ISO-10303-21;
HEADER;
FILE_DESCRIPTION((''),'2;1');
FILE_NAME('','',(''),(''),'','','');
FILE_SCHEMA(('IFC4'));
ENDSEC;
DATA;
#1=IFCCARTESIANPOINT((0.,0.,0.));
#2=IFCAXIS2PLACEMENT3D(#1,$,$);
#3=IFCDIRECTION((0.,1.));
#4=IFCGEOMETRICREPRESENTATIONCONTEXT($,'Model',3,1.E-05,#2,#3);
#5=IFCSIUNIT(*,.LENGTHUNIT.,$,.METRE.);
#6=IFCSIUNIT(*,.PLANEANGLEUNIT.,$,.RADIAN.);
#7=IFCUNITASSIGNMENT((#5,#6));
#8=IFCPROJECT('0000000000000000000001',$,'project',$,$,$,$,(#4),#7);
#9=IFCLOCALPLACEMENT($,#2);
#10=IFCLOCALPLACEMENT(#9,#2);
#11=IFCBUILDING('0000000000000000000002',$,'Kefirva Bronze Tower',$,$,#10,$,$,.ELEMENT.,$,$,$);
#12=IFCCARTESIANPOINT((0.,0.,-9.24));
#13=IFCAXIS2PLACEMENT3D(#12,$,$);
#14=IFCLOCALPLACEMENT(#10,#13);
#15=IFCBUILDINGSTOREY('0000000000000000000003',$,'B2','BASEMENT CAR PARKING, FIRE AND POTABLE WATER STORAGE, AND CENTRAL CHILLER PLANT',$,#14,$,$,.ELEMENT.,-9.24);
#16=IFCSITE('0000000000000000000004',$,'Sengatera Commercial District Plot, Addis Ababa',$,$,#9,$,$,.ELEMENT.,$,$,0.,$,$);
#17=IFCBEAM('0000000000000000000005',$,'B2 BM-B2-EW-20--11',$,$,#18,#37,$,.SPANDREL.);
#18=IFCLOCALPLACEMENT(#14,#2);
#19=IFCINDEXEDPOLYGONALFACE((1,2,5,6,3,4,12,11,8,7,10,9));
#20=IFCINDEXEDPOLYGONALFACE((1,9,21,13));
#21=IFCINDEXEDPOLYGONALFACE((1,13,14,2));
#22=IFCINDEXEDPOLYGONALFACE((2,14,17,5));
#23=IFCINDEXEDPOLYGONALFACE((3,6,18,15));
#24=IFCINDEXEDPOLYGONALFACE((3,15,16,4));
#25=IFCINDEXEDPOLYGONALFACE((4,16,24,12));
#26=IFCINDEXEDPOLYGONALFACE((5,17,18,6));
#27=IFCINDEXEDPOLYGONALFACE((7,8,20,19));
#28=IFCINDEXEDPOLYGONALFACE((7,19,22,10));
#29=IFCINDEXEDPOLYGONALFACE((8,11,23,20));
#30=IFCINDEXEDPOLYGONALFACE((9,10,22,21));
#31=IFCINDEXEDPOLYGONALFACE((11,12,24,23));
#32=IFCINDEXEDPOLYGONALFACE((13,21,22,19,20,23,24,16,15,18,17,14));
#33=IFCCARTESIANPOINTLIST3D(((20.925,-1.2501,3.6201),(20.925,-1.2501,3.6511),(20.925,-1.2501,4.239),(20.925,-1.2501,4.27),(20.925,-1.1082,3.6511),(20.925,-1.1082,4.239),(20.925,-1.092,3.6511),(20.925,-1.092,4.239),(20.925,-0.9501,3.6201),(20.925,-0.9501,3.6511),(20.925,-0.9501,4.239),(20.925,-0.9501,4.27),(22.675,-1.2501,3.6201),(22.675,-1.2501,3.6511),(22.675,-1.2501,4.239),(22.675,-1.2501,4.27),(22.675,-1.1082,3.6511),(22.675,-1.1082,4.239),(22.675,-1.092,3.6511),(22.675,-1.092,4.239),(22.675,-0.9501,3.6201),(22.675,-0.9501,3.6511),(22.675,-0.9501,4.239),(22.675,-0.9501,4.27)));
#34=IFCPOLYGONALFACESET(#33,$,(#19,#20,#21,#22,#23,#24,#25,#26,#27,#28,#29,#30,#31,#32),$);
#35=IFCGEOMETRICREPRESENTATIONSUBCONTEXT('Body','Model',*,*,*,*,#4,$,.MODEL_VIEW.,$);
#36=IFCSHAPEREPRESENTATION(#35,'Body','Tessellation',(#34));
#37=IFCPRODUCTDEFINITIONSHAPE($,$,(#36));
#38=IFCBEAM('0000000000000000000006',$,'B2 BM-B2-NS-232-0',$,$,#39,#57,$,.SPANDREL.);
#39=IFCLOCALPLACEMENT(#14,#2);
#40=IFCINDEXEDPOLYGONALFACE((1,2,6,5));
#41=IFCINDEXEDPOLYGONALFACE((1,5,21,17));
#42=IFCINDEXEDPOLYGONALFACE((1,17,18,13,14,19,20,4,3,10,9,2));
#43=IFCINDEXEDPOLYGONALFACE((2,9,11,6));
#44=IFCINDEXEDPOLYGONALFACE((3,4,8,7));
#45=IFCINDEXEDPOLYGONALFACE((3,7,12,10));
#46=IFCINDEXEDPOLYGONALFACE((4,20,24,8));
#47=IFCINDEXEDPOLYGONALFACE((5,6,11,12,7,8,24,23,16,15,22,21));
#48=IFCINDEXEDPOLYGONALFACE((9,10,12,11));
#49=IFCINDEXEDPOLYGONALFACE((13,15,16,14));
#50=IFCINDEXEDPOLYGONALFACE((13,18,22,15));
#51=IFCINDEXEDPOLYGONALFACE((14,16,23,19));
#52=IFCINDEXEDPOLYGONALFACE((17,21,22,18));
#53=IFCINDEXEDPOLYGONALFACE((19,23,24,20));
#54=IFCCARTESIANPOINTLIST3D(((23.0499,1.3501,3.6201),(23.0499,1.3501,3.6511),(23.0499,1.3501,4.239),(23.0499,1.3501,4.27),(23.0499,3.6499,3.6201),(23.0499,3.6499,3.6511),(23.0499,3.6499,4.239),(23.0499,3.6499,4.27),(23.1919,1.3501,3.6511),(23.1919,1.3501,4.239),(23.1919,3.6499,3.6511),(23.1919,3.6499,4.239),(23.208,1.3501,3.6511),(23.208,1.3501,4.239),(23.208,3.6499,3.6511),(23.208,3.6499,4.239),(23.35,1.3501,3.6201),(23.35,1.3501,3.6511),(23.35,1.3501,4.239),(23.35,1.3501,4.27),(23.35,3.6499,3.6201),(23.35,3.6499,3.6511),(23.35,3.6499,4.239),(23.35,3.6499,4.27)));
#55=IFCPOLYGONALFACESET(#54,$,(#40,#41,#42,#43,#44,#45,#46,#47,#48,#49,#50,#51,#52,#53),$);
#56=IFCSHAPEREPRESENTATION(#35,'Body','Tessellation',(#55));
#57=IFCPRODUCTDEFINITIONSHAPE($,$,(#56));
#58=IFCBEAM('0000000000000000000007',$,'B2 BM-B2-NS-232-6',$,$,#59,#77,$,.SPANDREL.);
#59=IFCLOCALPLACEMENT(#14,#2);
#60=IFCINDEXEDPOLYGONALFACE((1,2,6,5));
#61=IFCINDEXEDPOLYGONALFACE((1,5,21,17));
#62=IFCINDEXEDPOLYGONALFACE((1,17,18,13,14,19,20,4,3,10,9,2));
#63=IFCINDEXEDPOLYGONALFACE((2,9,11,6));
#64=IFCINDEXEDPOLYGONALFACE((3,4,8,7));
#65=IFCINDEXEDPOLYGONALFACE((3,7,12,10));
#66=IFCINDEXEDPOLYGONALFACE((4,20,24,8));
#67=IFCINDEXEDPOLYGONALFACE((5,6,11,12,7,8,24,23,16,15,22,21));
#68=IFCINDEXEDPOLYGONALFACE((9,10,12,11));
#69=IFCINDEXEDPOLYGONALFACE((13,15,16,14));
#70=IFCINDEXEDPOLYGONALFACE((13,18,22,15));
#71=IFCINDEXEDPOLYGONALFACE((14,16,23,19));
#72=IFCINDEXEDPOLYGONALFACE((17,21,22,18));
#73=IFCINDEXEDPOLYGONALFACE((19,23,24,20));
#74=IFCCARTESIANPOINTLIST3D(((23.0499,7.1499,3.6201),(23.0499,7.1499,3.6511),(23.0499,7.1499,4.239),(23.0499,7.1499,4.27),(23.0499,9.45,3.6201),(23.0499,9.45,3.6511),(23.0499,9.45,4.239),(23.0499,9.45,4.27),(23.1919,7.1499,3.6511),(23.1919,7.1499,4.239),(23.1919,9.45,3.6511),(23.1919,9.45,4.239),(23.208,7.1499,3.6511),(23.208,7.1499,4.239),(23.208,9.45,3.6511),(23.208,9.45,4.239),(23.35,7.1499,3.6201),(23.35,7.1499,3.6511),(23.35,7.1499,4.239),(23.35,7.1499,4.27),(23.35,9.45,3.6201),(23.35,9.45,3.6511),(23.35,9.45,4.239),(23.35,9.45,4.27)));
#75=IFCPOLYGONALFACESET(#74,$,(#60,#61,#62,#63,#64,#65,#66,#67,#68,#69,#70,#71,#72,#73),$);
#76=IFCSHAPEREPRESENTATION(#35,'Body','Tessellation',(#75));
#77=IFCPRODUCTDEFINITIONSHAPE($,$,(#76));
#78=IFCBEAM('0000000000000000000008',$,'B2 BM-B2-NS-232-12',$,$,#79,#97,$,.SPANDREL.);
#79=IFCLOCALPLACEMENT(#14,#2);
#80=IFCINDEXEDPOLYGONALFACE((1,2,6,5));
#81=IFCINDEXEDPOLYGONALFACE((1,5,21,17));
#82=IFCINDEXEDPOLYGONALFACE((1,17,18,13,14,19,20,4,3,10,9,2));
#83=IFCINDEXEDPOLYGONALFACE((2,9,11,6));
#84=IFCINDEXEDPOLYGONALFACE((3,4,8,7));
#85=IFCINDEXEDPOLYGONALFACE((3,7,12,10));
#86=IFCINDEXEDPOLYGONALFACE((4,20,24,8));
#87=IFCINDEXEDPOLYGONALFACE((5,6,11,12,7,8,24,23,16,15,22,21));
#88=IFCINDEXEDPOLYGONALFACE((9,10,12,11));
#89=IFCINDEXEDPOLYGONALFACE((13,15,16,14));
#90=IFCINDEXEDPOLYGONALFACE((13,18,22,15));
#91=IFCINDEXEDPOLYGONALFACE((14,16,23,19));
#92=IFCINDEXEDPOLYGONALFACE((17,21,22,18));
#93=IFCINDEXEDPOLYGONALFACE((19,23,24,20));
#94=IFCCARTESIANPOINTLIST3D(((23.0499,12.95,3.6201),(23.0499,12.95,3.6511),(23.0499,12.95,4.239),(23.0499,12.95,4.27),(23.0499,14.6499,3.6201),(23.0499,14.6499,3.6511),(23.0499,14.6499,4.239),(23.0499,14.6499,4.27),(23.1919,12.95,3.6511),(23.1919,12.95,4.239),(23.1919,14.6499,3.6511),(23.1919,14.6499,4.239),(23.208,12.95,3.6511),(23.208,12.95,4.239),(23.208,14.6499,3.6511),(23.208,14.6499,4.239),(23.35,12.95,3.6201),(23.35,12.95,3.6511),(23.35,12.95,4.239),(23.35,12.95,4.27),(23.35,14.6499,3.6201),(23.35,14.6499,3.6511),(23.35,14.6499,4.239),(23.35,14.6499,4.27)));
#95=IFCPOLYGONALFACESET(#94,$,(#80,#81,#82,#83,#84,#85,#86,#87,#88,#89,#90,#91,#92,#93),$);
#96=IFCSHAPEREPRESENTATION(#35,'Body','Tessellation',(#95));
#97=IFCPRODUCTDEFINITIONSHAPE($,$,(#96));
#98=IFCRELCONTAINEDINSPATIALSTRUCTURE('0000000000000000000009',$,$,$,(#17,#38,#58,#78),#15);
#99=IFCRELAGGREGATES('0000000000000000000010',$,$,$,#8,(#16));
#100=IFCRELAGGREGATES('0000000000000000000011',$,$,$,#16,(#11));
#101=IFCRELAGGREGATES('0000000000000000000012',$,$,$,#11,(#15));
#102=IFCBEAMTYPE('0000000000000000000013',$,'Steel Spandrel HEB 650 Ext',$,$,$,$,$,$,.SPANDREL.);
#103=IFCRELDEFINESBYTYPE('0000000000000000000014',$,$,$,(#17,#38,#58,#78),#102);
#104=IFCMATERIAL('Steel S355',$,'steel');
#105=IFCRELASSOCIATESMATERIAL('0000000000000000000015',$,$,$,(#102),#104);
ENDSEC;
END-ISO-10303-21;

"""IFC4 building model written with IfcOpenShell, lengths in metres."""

from ifc_helpers import new_model, si_unit, direction, frame, origin, origin_2d, place, context, subcontext, project, spatial, i_section, extrude, material, material_profile, profile_set, type_object, element, save


model = new_model("IFC4")

# Units and contexts
model_context = context("Model", 3, precision=1e-05, world=origin(), true_north=direction((0.0, 1.0)))
body_context = subcontext(model_context, "Body", "Model", "MODEL_VIEW")
ifc_project = project(units=[si_unit("LENGTHUNIT", "METRE"), si_unit("PLANEANGLEUNIT", "RADIAN")], contexts=[model_context])

# Site, building, storey
site_placement = place(None, origin())
site = spatial("IfcSite", under=ifc_project, at=site_placement, Name="Sengatera Commercial District Plot, Addis Ababa", CompositionType="ELEMENT", RefElevation=0.0)
building_placement = place(site_placement, origin())
building = spatial("IfcBuilding", under=site, at=building_placement, Name="Kefirva Bronze Tower", CompositionType="ELEMENT")
storey_placement = place(building_placement, frame((0.0, 0.0, -9.24)))
storey = spatial("IfcBuildingStorey", under=building, at=storey_placement, Name="B2", Description="BASEMENT CAR PARKING, FIRE AND POTABLE WATER STORAGE, AND CENTRAL CHILLER PLANT", CompositionType="ELEMENT", Elevation=-9.24)

# Beams
ifc_material_1 = material(Name="Steel S355", Category="steel")
ifc_material_profile_1 = material_profile(ifc_material_1, i_section(OverallWidth=0.3, OverallDepth=0.6499, WebThickness=0.0161, FlangeThickness=0.031, at=origin_2d()), Name="HEB 650")
ifc_profile_set_1 = profile_set([ifc_material_profile_1], Name="Steel S355")
beam_type_1 = type_object("IfcBeamType", Name="Steel Spandrel HEB 650 Ext", PredefinedType="SPANDREL", material=ifc_profile_set_1)
beam_1_placement = place(storey_placement, frame((20.925, -1.1001, 3.9451), z_axis=(1.0, 0.0, 0.0), x_axis=(0.0, 1.0, 0.0)))
element("IfcBeam", 1, at=beam_1_placement, inside=storey, type_object=beam_type_1, Name="B2 BM-B2-EW-20--11", PredefinedType="SPANDREL", context=body_context, shape_type="SweptSolid", body=[
    extrude(i_section(OverallWidth=0.3, OverallDepth=0.6499, WebThickness=0.0161, FlangeThickness=0.031, at=origin_2d()), origin(), (0.0, 0.0, 1.0), 1.75),
])
beam_2_placement = place(storey_placement, frame((23.2, 1.3501, 3.9451), z_axis=(0.0, 1.0, 0.0), x_axis=(-1.0, 0.0, 0.0)))
element("IfcBeam", 2, at=beam_2_placement, inside=storey, type_object=beam_type_1, Name="B2 BM-B2-NS-232-0", PredefinedType="SPANDREL", context=body_context, shape_type="SweptSolid", body=[
    extrude(i_section(OverallWidth=0.3, OverallDepth=0.6499, WebThickness=0.0161, FlangeThickness=0.031, at=origin_2d()), origin(), (0.0, 0.0, 1.0), 2.2998),
])
beam_3_placement = place(storey_placement, frame((23.2, 7.1499, 3.9451), z_axis=(0.0, 1.0, 0.0), x_axis=(-1.0, 0.0, 0.0)))
element("IfcBeam", 3, at=beam_3_placement, inside=storey, type_object=beam_type_1, Name="B2 BM-B2-NS-232-6", PredefinedType="SPANDREL", context=body_context, shape_type="SweptSolid", body=[
    extrude(i_section(OverallWidth=0.3, OverallDepth=0.6499, WebThickness=0.0161, FlangeThickness=0.031, at=origin_2d()), origin(), (0.0, 0.0, 1.0), 2.3),
])
beam_4_placement = place(storey_placement, frame((23.2, 12.95, 3.9451), z_axis=(0.0, 1.0, 0.0), x_axis=(-1.0, 0.0, 0.0)))
element("IfcBeam", 4, at=beam_4_placement, inside=storey, type_object=beam_type_1, Name="B2 BM-B2-NS-232-12", PredefinedType="SPANDREL", context=body_context, shape_type="SweptSolid", body=[
    extrude(i_section(OverallWidth=0.3, OverallDepth=0.6499, WebThickness=0.0161, FlangeThickness=0.031, at=origin_2d()), origin(), (0.0, 0.0, 1.0), 1.7),
])

save(model, "model.ifc")
